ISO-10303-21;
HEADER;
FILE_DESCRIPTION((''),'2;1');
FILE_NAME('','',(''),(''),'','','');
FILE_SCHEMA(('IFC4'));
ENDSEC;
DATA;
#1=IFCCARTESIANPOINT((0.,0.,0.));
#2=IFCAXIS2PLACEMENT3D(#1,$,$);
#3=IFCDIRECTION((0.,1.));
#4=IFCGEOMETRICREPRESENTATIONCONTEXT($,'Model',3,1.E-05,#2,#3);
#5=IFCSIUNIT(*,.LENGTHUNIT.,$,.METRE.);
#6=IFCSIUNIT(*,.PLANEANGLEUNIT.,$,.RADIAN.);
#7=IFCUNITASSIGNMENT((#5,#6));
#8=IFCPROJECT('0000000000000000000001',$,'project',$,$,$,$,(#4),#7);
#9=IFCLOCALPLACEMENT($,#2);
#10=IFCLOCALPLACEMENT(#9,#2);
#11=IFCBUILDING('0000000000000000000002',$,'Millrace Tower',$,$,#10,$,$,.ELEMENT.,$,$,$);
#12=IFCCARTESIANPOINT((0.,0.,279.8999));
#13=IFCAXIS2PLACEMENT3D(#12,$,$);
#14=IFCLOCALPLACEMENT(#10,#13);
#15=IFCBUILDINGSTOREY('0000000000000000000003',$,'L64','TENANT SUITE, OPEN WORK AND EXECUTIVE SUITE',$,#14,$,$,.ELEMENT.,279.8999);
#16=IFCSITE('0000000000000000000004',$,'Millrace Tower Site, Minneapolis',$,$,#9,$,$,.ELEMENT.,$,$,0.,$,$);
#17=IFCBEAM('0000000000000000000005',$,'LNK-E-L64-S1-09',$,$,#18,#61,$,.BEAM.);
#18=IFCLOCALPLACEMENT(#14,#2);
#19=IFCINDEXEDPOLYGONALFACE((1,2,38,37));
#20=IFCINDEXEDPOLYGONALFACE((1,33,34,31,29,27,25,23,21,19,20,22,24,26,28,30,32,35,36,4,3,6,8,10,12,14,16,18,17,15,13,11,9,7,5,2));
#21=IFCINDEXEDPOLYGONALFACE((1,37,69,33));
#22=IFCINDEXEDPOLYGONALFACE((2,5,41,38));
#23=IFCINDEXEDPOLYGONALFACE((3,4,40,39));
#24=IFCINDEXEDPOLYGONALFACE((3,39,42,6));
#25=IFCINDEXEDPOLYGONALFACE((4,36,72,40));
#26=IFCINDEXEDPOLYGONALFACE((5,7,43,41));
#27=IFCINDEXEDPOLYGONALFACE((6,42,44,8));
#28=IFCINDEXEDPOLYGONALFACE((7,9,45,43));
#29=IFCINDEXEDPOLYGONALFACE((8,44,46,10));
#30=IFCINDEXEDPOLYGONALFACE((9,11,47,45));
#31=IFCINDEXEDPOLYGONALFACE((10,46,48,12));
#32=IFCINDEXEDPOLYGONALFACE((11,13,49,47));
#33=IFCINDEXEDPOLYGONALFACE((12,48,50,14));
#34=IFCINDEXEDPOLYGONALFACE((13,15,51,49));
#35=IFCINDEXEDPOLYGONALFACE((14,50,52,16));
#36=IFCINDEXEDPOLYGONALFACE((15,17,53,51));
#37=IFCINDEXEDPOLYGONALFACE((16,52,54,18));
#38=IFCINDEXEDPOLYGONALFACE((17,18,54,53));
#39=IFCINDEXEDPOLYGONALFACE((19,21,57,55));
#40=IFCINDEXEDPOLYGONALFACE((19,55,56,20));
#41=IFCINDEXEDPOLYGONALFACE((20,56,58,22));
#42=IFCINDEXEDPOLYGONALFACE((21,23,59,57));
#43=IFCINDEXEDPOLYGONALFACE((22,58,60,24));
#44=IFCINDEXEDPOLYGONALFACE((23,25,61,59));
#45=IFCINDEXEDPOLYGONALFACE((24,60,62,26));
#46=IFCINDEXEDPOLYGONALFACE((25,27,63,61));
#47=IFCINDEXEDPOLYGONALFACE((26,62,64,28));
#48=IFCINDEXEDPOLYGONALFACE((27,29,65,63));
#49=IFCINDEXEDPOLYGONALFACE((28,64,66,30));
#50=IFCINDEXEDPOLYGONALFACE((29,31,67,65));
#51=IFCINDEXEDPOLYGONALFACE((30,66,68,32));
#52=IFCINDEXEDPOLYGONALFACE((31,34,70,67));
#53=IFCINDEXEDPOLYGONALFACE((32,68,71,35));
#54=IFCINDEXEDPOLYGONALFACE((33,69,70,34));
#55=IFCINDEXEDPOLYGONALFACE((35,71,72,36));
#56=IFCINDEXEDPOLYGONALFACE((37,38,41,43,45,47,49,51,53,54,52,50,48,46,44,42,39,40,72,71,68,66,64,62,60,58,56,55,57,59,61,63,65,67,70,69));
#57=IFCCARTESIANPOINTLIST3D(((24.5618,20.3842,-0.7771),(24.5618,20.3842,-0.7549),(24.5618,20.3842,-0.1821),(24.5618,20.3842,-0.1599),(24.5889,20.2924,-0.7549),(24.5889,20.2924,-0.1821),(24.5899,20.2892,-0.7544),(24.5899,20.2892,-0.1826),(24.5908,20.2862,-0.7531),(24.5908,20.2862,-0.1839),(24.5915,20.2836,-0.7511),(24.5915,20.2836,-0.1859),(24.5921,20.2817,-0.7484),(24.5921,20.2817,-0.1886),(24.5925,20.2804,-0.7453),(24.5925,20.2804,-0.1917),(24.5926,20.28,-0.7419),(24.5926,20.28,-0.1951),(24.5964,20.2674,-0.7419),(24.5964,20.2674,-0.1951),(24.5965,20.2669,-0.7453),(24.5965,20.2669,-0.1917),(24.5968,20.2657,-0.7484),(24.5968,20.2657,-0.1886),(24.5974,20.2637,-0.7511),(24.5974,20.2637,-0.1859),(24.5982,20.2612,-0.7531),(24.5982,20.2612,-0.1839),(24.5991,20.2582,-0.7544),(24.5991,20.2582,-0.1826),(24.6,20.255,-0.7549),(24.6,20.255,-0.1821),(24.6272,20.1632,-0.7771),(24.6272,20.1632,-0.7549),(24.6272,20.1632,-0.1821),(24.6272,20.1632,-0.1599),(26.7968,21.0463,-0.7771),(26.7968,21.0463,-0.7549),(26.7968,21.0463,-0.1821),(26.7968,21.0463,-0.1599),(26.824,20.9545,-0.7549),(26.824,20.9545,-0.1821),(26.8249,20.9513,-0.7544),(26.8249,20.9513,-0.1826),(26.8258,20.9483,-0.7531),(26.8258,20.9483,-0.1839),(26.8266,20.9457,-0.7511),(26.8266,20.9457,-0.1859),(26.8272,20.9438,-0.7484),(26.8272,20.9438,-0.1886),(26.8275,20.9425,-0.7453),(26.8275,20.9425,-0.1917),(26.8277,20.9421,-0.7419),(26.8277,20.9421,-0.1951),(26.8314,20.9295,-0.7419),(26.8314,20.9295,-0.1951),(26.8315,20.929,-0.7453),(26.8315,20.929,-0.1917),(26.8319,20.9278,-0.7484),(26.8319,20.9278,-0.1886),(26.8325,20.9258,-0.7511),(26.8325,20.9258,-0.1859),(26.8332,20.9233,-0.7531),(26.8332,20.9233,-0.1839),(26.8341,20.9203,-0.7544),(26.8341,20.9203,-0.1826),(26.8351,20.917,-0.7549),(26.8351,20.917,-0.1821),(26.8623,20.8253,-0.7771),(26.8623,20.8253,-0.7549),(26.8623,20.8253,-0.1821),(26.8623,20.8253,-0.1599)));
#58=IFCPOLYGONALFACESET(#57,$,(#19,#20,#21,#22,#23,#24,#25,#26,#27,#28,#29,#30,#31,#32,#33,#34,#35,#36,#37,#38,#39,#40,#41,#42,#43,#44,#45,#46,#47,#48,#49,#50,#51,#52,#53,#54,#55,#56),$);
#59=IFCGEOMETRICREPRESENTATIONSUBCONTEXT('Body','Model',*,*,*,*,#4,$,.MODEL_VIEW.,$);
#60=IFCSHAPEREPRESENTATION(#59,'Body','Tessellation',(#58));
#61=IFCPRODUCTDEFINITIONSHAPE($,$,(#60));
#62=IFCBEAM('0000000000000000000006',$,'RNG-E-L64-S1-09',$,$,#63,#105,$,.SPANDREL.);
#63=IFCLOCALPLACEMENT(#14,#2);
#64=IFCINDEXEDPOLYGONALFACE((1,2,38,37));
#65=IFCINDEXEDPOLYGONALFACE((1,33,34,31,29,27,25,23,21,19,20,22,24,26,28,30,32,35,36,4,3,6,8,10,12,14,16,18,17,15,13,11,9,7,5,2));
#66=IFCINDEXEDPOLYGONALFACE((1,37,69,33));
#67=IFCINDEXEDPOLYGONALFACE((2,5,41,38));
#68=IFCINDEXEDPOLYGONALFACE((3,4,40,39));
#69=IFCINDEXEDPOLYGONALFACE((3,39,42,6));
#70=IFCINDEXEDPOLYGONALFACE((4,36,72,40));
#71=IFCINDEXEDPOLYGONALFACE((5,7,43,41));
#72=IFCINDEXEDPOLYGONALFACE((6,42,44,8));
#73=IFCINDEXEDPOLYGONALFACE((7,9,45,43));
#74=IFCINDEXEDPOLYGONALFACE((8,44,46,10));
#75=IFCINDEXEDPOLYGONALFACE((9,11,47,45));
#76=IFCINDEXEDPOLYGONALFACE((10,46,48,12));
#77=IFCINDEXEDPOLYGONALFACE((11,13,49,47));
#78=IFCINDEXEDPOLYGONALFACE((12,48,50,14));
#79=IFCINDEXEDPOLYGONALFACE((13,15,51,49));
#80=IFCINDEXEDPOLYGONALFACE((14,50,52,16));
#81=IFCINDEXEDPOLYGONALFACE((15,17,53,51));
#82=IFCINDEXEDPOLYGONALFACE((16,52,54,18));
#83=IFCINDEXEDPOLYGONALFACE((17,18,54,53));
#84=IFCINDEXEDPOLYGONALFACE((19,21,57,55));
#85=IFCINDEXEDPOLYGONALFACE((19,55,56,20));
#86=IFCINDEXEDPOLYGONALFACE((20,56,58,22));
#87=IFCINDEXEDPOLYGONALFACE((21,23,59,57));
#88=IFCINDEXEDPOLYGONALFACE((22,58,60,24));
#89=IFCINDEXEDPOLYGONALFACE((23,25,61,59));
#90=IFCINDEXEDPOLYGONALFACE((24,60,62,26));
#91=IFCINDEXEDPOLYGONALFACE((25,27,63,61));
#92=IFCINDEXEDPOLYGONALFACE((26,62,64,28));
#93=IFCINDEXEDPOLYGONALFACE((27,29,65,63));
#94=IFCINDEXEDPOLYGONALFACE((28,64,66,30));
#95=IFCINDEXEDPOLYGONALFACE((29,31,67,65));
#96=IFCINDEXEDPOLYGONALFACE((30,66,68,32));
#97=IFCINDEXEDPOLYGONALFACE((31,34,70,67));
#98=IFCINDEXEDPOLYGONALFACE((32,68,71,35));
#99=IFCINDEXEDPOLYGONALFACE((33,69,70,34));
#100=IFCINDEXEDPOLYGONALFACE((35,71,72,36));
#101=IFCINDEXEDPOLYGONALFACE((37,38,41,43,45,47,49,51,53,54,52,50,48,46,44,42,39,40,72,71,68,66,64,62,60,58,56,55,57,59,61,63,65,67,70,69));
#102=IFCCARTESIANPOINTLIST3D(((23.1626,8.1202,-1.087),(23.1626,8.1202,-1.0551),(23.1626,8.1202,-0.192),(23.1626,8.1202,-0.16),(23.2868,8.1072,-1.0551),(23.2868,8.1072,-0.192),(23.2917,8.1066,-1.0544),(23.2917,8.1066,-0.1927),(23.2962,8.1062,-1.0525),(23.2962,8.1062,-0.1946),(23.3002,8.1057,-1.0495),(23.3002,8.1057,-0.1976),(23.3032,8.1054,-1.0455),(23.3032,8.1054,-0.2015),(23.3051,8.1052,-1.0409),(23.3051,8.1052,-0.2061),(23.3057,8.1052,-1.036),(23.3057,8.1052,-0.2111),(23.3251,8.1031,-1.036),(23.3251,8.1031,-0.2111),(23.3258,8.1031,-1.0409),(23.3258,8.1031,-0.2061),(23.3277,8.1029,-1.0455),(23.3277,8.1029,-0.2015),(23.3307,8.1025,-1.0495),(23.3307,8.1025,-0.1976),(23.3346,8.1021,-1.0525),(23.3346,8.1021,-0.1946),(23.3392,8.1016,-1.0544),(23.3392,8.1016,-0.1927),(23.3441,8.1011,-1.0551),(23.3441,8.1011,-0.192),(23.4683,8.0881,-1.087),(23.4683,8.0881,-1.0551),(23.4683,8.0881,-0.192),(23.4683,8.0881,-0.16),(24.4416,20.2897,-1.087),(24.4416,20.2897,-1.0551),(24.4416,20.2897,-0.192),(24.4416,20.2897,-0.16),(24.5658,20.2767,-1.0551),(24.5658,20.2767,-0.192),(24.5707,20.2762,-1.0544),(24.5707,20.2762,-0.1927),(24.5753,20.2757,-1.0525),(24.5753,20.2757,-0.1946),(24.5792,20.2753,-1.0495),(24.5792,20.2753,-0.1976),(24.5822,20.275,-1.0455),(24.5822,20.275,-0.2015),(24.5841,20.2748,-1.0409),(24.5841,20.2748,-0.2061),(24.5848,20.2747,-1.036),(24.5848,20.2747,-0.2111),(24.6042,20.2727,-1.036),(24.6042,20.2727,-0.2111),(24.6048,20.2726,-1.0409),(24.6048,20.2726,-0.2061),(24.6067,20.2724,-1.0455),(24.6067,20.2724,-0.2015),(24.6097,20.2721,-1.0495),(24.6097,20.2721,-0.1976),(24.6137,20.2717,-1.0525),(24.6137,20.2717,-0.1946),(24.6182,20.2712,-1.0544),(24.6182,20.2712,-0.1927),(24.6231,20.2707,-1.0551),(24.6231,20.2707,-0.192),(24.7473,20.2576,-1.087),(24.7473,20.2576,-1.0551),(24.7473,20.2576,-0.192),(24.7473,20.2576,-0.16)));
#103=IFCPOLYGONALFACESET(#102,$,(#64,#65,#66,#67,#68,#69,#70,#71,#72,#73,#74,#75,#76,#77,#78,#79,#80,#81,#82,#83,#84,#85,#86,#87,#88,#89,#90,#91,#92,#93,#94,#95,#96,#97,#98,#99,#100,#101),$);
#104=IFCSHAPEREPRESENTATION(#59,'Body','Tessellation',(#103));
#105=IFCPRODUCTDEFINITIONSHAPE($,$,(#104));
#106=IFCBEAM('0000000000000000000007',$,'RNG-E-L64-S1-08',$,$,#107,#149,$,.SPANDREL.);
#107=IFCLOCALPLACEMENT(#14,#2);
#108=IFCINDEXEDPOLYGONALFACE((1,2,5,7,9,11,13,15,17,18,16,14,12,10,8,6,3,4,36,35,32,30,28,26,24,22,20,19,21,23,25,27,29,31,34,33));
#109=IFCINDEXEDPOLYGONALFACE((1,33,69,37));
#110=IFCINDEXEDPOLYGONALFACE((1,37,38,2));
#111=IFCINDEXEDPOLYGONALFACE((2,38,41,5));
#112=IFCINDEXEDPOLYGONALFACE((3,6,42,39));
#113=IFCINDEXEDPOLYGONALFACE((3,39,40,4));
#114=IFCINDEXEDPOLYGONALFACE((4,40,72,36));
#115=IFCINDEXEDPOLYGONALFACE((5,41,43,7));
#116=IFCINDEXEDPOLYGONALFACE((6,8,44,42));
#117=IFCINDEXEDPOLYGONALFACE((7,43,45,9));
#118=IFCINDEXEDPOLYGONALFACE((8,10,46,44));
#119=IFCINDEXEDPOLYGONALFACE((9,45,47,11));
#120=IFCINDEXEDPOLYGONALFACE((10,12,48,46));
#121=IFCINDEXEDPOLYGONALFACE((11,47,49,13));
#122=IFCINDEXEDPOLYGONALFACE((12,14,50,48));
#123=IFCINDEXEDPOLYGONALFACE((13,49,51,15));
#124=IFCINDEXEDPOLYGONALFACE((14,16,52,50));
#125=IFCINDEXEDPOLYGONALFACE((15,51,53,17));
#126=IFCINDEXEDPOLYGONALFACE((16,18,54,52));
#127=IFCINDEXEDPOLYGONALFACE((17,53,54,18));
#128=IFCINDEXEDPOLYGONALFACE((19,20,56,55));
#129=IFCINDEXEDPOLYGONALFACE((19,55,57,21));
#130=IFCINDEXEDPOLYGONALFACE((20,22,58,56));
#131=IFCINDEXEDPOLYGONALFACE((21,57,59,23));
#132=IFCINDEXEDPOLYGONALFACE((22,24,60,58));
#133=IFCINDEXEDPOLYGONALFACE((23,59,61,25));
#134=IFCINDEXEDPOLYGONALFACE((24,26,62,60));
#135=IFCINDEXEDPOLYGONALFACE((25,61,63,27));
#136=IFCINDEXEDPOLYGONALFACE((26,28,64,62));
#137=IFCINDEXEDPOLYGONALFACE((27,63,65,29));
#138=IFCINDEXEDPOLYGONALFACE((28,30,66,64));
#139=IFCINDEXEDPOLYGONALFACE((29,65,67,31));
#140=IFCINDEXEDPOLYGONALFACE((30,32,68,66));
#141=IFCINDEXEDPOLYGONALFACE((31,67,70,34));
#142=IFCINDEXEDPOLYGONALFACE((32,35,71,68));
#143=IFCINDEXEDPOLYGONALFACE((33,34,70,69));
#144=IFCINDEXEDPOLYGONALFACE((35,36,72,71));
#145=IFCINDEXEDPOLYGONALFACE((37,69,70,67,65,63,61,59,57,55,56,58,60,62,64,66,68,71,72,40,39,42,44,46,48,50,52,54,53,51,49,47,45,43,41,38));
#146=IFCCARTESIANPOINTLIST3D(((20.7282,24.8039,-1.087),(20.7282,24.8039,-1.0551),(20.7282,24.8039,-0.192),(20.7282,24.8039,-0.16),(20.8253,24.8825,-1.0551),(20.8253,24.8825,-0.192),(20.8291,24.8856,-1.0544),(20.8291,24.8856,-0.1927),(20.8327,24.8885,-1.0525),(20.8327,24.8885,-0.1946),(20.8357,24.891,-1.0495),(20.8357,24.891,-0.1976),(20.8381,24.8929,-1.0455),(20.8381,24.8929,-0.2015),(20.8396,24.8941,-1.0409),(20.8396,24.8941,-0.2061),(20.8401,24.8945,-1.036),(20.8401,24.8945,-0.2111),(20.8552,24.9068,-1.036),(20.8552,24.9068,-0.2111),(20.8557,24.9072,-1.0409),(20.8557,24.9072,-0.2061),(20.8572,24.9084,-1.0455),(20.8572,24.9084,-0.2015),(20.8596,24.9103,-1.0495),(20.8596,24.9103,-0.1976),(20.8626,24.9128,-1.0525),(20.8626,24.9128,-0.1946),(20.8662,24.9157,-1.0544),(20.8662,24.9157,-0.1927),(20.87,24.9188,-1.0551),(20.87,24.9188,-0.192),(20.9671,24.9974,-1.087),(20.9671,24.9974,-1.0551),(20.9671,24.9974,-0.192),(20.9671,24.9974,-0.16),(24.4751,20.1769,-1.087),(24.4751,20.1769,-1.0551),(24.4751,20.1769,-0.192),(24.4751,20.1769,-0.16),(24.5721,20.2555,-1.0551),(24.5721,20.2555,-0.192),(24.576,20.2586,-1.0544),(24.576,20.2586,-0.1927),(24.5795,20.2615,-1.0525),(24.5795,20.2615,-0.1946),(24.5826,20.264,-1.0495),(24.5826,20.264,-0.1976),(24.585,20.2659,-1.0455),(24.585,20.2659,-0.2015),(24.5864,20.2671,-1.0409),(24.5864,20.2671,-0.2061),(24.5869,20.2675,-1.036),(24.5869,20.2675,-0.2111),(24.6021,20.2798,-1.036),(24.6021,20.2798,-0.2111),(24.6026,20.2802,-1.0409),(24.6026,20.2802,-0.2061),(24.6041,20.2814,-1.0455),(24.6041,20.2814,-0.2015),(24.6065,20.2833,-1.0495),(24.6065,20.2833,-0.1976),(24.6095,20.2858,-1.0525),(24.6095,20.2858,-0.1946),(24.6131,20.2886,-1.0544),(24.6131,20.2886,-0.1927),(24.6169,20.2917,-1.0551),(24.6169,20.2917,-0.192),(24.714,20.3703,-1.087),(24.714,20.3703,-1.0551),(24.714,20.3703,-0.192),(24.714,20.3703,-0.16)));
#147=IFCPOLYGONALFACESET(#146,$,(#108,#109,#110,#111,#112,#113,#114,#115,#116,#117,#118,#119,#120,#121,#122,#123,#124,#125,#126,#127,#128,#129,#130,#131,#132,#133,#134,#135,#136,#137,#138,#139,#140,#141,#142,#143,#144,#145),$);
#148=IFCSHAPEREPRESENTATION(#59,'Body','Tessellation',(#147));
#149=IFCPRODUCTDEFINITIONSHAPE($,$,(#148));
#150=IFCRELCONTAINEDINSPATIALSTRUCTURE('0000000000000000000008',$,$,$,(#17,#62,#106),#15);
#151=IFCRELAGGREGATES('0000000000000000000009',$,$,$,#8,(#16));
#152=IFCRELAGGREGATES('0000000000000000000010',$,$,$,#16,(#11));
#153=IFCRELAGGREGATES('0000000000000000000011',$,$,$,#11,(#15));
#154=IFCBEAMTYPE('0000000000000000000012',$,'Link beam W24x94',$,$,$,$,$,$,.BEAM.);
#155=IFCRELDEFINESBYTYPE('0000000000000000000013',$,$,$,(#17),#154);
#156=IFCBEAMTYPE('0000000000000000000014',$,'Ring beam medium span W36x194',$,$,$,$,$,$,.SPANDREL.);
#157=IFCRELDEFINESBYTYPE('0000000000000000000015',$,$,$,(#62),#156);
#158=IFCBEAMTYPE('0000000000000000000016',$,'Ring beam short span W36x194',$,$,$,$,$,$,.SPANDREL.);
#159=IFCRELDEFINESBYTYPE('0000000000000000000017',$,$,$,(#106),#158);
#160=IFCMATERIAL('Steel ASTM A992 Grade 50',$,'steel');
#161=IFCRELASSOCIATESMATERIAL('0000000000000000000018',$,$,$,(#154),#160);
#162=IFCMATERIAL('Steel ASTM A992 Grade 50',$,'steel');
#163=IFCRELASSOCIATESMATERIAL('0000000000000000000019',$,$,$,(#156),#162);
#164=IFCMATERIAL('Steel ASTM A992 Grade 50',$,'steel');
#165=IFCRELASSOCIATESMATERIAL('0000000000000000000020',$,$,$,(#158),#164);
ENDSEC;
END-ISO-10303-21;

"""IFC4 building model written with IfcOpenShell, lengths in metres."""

from ifc_helpers import new_model, si_unit, direction, frame, origin, origin_2d, place, context, subcontext, project, spatial, i_section, extrude, material, material_profile, profile_set, type_object, element, save


model = new_model("IFC4")

# Units and contexts
model_context = context("Model", 3, precision=1e-05, world=origin(), true_north=direction((0.0, 1.0)))
body_context = subcontext(model_context, "Body", "Model", "MODEL_VIEW")
ifc_project = project(units=[si_unit("LENGTHUNIT", "METRE"), si_unit("PLANEANGLEUNIT", "RADIAN")], contexts=[model_context])

# Site, building, storey
site_placement = place(None, origin())
site = spatial("IfcSite", under=ifc_project, at=site_placement, Name="Millrace Tower Site, Minneapolis", CompositionType="ELEMENT", RefElevation=0.0)
building_placement = place(site_placement, origin())
building = spatial("IfcBuilding", under=site, at=building_placement, Name="Millrace Tower", CompositionType="ELEMENT")
storey_placement = place(building_placement, frame((0.0, 0.0, 279.8999)))
storey = spatial("IfcBuildingStorey", under=building, at=storey_placement, Name="L64", Description="TENANT SUITE, OPEN WORK AND EXECUTIVE SUITE", CompositionType="ELEMENT", Elevation=279.8999)

# Beams
ifc_material_1 = material(Name="Steel ASTM A992 Grade 50", Category="steel")
ifc_material_profile_1 = material_profile(ifc_material_1, i_section(OverallWidth=0.2305, OverallDepth=0.6172, WebThickness=0.0132, FlangeThickness=0.0222, FilletRadius=0.0129, at=origin_2d()))
ifc_profile_set_1 = profile_set([ifc_material_profile_1], Name="Steel ASTM A992 Grade 50")
beam_type_1 = type_object("IfcBeamType", Name="Link beam W24x94", PredefinedType="BEAM", material=ifc_profile_set_1)
for number, where, z_axis, x_axis, name in (
    (1, (24.5945, 20.2737, -0.4685), (0.958815, 0.284031, 0.0), (-0.284031, 0.958815, 0.0), "LNK-E-L64-S1-09"),
):
    element("IfcBeam", number, at=place(storey_placement, frame(where, z_axis=z_axis, x_axis=x_axis)), inside=storey, type_object=beam_type_1, Name=name, PredefinedType="BEAM", context=body_context, shape_type="SweptSolid", body=[
        extrude(i_section(OverallWidth=0.2305, OverallDepth=0.6172, WebThickness=0.0132, FlangeThickness=0.0222, FilletRadius=0.0129, at=origin_2d()), origin(), (0.0, 0.0, 1.0), 2.3311),
    ])
ifc_material_2 = material(Name="Steel ASTM A992 Grade 50", Category="steel")
ifc_material_profile_2 = material_profile(ifc_material_2, i_section(OverallWidth=0.3074, OverallDepth=0.927, WebThickness=0.0195, FlangeThickness=0.032, FilletRadius=0.019, at=origin_2d()))
ifc_profile_set_2 = profile_set([ifc_material_profile_2], Name="Steel ASTM A992 Grade 50")
beam_type_2 = type_object("IfcBeamType", Name="Ring beam medium span W36x194", PredefinedType="SPANDREL", material=ifc_profile_set_2)
beam_1_placement = place(storey_placement, frame((24.5945, 20.2737, -0.6235), z_axis=(-0.104528, -0.994522, 0.0), x_axis=(0.994522, -0.104528, 0.0)))
element("IfcBeam", 2, at=beam_1_placement, inside=storey, type_object=beam_type_2, Name="RNG-E-L64-S1-09", PredefinedType="SPANDREL", context=body_context, shape_type="SweptSolid", body=[
    extrude(i_section(OverallWidth=0.3074, OverallDepth=0.927, WebThickness=0.0195, FlangeThickness=0.032, FilletRadius=0.019, at=origin_2d()), origin(), (0.0, 0.0, 1.0), 12.2366),
])
ifc_material_3 = material(Name="Steel ASTM A992 Grade 50", Category="steel")
ifc_material_profile_3 = material_profile(ifc_material_3, i_section(OverallWidth=0.3074, OverallDepth=0.927, WebThickness=0.0195, FlangeThickness=0.032, FilletRadius=0.019, at=origin_2d()))
ifc_profile_set_3 = profile_set([ifc_material_profile_3], Name="Steel ASTM A992 Grade 50")
beam_type_3 = type_object("IfcBeamType", Name="Ring beam short span W36x194", PredefinedType="SPANDREL", material=ifc_profile_set_3)
beam_2_placement = place(storey_placement, frame((20.8477, 24.9006, -0.6235), z_axis=(0.62932, -0.777147, 0.0), x_axis=(0.777147, 0.62932, 0.0)))
element("IfcBeam", 3, at=beam_2_placement, inside=storey, type_object=beam_type_3, Name="RNG-E-L64-S1-08", PredefinedType="SPANDREL", context=body_context, shape_type="SweptSolid", body=[
    extrude(i_section(OverallWidth=0.3074, OverallDepth=0.927, WebThickness=0.0195, FlangeThickness=0.032, FilletRadius=0.019, at=origin_2d()), origin(), (0.0, 0.0, 1.0), 5.9539),
])

save(model, "model.ifc")
